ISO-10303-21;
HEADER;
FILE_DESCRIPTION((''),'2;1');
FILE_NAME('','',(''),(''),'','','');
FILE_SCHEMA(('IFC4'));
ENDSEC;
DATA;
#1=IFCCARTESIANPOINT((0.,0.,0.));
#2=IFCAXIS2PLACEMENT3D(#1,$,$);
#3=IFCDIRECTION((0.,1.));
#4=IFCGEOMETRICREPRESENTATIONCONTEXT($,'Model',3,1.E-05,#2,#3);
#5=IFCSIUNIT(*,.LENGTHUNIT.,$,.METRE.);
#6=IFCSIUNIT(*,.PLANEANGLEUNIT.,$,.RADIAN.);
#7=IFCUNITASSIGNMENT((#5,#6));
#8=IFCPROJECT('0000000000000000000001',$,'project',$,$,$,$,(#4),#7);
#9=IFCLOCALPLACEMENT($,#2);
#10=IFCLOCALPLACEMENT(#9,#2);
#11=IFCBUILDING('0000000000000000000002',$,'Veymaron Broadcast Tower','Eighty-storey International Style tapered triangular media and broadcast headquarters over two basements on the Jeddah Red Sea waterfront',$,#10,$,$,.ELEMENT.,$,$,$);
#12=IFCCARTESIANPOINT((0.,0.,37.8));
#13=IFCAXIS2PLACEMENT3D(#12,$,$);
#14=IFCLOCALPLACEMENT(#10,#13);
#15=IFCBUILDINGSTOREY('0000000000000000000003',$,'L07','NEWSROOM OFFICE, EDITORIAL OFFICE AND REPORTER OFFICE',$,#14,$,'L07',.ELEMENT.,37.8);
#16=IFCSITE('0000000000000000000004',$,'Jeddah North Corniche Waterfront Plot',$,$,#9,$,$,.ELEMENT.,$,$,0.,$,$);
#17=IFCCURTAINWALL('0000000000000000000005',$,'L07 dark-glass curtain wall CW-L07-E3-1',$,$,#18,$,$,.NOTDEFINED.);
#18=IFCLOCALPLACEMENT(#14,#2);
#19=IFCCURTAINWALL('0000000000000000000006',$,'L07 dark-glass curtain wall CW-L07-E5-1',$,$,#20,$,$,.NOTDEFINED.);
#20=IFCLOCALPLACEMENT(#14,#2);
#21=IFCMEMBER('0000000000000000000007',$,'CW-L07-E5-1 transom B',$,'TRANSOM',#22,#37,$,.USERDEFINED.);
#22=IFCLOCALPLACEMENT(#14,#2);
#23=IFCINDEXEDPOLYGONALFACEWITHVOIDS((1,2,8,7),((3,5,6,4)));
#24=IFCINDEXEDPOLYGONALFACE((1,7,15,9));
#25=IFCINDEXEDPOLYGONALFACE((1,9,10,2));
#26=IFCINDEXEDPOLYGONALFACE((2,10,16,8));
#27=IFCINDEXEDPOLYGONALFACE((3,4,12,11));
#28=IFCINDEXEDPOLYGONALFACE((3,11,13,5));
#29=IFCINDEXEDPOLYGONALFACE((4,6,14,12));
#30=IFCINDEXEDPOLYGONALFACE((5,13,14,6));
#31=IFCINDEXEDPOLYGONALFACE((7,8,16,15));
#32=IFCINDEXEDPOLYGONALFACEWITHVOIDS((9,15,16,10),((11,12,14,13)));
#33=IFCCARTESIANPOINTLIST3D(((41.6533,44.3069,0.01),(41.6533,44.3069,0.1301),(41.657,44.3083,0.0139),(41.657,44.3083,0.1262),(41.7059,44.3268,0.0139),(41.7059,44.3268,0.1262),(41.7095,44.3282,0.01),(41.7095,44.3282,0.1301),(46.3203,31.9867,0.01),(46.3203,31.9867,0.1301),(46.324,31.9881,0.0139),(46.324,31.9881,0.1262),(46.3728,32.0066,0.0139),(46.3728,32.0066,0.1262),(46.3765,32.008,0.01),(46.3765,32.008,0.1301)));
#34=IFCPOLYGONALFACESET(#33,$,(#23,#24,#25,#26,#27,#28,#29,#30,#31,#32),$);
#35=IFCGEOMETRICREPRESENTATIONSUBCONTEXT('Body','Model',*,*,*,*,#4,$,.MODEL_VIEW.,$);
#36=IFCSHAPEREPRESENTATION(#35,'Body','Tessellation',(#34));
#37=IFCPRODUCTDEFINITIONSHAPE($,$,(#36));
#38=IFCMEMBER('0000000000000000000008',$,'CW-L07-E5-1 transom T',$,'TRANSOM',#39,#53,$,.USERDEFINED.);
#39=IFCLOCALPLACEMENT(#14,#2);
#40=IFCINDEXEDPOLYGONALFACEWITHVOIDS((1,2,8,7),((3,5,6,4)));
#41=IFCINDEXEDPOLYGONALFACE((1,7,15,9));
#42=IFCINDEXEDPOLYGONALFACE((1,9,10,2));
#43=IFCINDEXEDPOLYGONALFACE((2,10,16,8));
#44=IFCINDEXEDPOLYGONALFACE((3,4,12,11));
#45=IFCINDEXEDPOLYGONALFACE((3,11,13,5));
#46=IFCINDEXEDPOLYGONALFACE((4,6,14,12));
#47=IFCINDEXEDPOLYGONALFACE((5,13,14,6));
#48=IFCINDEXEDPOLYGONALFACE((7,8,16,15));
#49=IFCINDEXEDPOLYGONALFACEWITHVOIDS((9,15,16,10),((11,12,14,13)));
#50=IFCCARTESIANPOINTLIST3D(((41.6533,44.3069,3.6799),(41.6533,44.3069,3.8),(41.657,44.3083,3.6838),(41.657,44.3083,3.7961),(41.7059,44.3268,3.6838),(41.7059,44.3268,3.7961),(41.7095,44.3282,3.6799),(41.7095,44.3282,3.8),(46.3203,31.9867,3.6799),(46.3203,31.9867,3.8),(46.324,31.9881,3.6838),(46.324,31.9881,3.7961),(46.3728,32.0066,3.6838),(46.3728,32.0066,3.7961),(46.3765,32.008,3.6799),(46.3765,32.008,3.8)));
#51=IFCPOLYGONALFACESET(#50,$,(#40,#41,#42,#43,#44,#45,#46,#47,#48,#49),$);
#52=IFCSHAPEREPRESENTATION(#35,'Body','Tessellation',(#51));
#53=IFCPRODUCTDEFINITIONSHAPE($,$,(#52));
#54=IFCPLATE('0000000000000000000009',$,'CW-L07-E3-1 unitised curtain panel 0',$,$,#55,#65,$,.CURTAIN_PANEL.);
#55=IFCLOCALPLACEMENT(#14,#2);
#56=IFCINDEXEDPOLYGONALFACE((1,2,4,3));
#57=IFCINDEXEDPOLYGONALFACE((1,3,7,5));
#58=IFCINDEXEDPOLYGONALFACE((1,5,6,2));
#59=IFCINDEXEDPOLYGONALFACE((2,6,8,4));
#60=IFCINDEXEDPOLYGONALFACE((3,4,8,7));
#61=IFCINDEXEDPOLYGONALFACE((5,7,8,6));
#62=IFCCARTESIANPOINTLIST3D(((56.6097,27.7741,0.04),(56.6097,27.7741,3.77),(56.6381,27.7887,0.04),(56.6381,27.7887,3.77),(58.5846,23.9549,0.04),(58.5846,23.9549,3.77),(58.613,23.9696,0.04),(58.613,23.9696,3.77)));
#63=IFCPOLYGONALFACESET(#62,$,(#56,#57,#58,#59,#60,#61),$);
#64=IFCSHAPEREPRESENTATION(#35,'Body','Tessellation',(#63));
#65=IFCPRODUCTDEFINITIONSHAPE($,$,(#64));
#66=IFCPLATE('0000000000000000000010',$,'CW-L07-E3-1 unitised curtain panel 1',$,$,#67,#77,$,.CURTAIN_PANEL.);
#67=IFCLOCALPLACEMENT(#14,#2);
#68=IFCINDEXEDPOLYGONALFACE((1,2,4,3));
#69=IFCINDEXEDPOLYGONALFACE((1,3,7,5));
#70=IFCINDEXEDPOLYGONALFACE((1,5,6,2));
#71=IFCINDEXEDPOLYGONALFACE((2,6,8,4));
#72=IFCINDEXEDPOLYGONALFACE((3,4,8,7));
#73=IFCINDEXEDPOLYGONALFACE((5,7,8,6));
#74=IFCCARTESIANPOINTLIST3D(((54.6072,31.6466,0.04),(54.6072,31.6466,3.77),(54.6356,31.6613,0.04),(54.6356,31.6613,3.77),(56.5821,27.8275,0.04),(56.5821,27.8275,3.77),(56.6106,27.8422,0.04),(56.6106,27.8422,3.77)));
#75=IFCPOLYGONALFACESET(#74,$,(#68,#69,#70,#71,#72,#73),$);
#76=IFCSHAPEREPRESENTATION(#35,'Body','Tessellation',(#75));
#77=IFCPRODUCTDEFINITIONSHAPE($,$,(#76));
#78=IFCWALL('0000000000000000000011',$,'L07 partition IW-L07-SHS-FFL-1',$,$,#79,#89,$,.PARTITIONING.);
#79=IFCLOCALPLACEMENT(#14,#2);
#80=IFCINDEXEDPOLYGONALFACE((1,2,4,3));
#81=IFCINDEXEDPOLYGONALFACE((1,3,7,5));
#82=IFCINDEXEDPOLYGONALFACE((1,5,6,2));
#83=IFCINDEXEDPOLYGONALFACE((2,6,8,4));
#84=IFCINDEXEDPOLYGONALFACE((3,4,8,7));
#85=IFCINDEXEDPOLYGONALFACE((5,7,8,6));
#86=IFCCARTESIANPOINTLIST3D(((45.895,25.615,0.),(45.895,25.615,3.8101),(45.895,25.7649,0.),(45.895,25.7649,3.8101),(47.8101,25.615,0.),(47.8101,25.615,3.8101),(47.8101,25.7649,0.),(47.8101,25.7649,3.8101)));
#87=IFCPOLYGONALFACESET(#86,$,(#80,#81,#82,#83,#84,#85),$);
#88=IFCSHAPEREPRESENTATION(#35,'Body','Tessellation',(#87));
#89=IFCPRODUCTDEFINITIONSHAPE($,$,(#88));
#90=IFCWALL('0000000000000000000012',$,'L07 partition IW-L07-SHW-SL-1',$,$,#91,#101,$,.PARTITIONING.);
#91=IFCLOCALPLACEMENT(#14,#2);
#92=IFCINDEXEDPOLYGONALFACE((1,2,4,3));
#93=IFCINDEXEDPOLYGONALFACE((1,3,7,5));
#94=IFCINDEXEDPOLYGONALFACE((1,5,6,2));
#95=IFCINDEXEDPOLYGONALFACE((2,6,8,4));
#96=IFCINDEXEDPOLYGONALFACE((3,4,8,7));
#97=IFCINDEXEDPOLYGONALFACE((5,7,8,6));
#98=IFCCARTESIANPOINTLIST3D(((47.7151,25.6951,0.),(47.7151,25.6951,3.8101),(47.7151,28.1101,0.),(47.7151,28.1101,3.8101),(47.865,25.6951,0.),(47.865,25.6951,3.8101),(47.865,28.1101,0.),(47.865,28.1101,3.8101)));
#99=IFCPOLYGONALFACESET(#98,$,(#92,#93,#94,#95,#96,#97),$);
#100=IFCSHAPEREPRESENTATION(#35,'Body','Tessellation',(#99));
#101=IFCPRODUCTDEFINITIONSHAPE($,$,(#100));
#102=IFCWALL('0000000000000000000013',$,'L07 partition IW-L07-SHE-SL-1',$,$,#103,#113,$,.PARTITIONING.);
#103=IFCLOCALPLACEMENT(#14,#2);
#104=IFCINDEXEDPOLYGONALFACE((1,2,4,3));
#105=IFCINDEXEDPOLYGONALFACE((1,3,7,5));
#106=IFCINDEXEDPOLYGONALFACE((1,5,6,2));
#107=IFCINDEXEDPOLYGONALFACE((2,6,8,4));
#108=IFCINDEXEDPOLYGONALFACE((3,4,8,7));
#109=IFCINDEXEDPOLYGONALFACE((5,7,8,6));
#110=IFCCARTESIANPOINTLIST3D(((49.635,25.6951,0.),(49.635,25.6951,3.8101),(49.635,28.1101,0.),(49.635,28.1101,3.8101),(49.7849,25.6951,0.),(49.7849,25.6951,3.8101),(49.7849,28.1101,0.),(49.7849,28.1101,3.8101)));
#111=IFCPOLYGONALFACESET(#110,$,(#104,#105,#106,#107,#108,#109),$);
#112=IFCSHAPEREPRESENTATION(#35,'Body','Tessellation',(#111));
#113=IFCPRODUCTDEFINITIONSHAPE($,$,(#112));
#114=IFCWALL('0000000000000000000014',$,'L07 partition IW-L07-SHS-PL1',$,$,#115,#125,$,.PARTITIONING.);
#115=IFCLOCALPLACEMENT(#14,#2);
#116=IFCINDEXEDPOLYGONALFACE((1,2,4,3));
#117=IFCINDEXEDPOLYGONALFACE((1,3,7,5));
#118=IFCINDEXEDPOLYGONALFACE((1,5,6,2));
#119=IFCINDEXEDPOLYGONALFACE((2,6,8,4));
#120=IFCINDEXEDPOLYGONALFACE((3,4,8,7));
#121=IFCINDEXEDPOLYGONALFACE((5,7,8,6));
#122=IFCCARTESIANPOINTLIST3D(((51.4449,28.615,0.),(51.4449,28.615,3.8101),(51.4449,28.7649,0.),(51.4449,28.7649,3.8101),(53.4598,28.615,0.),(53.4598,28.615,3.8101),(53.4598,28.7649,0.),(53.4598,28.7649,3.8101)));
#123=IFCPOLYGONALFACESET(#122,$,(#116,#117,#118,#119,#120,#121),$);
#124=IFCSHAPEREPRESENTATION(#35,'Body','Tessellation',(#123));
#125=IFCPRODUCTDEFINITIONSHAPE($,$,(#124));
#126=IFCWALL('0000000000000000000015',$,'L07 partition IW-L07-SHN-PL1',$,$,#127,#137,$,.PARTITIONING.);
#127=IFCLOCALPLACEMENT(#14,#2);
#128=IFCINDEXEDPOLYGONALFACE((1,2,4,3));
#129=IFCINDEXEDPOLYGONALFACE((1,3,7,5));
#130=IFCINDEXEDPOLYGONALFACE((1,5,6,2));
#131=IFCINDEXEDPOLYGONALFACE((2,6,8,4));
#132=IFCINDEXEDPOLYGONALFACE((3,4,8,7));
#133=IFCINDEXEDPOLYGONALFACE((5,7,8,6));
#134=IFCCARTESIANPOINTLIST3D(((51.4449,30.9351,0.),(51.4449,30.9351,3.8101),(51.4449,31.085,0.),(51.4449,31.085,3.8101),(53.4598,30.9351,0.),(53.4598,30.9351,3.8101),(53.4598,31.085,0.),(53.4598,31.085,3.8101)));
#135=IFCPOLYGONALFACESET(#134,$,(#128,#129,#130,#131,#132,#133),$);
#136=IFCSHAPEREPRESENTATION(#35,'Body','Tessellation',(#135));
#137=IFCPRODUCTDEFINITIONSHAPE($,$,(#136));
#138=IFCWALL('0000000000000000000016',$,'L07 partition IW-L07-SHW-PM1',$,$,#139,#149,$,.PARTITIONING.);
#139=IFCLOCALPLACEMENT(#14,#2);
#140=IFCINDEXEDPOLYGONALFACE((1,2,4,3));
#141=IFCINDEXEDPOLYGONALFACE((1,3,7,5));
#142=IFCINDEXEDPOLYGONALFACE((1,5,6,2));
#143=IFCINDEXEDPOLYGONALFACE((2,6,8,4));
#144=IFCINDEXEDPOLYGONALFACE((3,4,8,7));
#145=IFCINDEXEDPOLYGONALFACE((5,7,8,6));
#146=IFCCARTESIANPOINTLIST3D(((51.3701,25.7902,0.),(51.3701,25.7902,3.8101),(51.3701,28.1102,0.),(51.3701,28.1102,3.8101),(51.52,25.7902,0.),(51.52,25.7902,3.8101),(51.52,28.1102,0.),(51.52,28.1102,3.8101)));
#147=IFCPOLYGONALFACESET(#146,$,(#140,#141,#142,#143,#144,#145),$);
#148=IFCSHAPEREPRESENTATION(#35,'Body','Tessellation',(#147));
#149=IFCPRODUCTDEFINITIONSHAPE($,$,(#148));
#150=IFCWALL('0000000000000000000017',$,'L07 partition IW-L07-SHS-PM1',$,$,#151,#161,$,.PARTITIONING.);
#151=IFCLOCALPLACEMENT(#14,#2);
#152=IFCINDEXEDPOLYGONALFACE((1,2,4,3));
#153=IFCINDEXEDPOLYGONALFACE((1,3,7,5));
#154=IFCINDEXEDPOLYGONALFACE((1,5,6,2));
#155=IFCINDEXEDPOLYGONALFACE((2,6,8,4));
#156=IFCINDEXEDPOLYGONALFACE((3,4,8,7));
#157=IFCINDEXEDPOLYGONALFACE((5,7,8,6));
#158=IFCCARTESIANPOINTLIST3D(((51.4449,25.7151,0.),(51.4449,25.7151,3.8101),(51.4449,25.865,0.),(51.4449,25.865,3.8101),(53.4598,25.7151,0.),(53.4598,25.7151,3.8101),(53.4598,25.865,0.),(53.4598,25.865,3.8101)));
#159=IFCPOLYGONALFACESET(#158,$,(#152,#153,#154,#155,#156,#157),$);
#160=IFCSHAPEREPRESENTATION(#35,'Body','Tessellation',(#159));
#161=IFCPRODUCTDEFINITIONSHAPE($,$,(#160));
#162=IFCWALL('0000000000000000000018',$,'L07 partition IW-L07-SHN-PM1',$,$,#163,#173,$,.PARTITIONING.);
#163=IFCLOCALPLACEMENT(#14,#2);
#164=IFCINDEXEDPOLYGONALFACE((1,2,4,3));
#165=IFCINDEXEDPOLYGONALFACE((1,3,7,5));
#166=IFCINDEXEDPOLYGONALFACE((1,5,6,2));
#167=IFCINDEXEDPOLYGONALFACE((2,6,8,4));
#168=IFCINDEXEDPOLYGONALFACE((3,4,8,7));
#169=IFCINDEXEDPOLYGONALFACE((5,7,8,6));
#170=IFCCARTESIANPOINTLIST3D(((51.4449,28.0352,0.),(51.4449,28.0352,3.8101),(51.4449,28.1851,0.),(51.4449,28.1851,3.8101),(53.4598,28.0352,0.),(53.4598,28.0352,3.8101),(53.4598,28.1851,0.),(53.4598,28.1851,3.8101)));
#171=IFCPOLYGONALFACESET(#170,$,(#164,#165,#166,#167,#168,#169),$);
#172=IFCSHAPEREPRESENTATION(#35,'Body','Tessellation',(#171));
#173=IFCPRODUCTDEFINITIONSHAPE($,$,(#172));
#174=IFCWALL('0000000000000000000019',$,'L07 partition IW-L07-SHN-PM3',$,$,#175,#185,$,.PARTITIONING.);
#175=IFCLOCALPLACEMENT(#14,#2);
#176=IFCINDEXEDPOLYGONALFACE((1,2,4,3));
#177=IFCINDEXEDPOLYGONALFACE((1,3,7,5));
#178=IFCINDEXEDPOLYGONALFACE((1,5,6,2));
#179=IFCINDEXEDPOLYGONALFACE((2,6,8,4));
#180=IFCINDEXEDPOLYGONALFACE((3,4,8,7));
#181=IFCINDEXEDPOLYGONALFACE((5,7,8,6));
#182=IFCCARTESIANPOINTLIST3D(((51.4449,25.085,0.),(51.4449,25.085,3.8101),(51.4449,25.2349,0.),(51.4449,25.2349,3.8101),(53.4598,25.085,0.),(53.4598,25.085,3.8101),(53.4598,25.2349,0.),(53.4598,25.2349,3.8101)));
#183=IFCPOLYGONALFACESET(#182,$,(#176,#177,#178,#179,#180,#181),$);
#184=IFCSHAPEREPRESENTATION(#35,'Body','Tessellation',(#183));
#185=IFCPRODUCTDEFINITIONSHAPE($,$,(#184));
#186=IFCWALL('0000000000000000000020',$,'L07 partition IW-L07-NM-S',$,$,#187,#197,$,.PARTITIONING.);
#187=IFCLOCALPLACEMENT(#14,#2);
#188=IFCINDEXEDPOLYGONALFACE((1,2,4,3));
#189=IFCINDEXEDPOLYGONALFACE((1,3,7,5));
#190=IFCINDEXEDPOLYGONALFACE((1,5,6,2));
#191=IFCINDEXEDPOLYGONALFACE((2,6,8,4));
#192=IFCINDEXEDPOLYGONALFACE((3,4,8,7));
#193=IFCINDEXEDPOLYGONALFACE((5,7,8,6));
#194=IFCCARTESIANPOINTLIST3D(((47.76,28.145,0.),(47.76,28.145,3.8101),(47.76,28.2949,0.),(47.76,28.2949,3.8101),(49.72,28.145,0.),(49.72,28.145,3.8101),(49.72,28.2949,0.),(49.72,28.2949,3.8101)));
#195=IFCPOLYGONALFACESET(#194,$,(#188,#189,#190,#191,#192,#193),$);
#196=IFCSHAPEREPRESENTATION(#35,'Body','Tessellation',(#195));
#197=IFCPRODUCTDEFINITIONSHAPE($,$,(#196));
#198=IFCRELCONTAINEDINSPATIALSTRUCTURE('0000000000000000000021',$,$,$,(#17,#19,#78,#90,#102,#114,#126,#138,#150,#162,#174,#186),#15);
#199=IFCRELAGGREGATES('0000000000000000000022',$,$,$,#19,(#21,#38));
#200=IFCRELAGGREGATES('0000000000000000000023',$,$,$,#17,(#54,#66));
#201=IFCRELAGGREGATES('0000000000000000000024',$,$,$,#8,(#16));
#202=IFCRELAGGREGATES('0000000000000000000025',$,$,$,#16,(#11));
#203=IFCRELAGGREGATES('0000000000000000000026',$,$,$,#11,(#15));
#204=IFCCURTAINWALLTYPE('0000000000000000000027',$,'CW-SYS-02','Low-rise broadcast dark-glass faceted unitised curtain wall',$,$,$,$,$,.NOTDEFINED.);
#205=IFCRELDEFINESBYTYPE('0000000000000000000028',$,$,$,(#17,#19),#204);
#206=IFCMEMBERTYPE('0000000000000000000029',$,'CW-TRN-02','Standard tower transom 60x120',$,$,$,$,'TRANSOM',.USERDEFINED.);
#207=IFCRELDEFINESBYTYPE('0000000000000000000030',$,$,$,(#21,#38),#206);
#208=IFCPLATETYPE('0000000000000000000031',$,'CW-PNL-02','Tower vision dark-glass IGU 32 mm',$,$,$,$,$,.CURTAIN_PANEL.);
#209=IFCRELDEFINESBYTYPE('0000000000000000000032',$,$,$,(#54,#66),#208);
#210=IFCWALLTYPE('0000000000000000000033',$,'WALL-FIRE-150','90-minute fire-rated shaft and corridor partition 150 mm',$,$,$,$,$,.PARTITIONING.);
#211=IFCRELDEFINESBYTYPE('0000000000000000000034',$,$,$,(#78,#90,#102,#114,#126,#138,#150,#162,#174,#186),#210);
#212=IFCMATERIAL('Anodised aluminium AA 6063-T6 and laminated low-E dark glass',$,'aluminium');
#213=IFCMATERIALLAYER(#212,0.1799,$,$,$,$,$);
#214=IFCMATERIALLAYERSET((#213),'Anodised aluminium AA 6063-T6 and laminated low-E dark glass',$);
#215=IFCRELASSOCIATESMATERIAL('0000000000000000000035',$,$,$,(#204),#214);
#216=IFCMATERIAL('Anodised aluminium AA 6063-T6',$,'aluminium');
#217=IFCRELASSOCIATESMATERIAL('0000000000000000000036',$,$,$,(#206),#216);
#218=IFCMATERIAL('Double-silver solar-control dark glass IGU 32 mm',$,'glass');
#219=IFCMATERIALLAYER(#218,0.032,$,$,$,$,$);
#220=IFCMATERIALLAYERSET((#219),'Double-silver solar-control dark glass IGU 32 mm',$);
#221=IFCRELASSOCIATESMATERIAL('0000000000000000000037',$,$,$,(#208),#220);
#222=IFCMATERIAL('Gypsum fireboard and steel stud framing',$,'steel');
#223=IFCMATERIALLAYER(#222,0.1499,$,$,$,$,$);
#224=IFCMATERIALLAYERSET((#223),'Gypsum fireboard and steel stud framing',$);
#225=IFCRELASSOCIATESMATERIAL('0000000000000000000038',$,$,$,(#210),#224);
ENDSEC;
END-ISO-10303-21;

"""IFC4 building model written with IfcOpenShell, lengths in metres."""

from ifc_helpers import new_model, si_unit, direction, frame, frame_2d, origin, origin_2d, place, context, subcontext, project, spatial, rectangle, hollow_rectangle, extrude, material, layer, layer_set, material_profile, profile_set, type_object, element, aggregate, save


model = new_model("IFC4")

# Units and contexts
model_context = context("Model", 3, precision=1e-05, world=origin(), true_north=direction((0.0, 1.0)))
body_context = subcontext(model_context, "Body", "Model", "MODEL_VIEW")
ifc_project = project(units=[si_unit("LENGTHUNIT", "METRE"), si_unit("PLANEANGLEUNIT", "RADIAN")], contexts=[model_context])

# Site, building, storey
site_placement = place(None, origin())
site = spatial("IfcSite", under=ifc_project, at=site_placement, Name="Jeddah North Corniche Waterfront Plot", CompositionType="ELEMENT", RefElevation=0.0)
building_placement = place(site_placement, origin())
building = spatial("IfcBuilding", under=site, at=building_placement, Name="Veymaron Broadcast Tower", Description="Eighty-storey International Style tapered triangular media and broadcast headquarters over two basements on the Jeddah Red Sea waterfront", CompositionType="ELEMENT")
storey_placement = place(building_placement, frame((0.0, 0.0, 37.8)))
storey = spatial("IfcBuildingStorey", under=building, at=storey_placement, Name="L07", Description="NEWSROOM OFFICE, EDITORIAL OFFICE AND REPORTER OFFICE", LongName="L07", CompositionType="ELEMENT", Elevation=37.8)

# Shared definitions
ifc_material_1 = material(Name="Anodised aluminium AA 6063-T6 and laminated low-E dark glass", Category="aluminium")
ifc_layer_1 = layer(ifc_material_1, 0.1799)
ifc_layer_set_1 = layer_set([ifc_layer_1], Name="Anodised aluminium AA 6063-T6 and laminated low-E dark glass")
curtain_wall_type = type_object("IfcCurtainWallType", Name="CW-SYS-02", Description="Low-rise broadcast dark-glass faceted unitised curtain wall", PredefinedType="NOTDEFINED", material=ifc_layer_set_1)
ifc_material_2 = material(Name="Anodised aluminium AA 6063-T6", Category="aluminium")

# Curtain wall
curtain_wall_1_placement = place(storey_placement, origin())
curtain_wall_1 = element("IfcCurtainWall", 1, at=curtain_wall_1_placement, inside=storey, type_object=curtain_wall_type, Name="L07 dark-glass curtain wall CW-L07-E3-1", PredefinedType="NOTDEFINED")

# Curtain wall
curtain_wall_2_placement = place(storey_placement, origin())
curtain_wall_2 = element("IfcCurtainWall", 2, at=curtain_wall_2_placement, inside=storey, type_object=curtain_wall_type, Name="L07 dark-glass curtain wall CW-L07-E5-1", PredefinedType="NOTDEFINED")

# Members
ifc_material_profile_1 = material_profile(ifc_material_2, hollow_rectangle(XDim=0.0601, YDim=0.1201, WallThickness=0.0039, at=origin_2d()), Name="AL120X60X4")
ifc_profile_set_1 = profile_set([ifc_material_profile_1], Name="Anodised aluminium AA 6063-T6")
member_type_1 = type_object("IfcMemberType", Name="CW-TRN-02", Description="Standard tower transom 60x120", ElementType="TRANSOM", PredefinedType="USERDEFINED", material=ifc_profile_set_1)
member_1_placement = place(storey_placement, frame((46.3484, 31.9973, 0.0701), z_axis=(-0.354241, 0.935154, 0.0), x_axis=(-0.935154, -0.354241, 0.0)))
member_1 = element("IfcMember", 3, at=member_1_placement, type_object=member_type_1, Name="CW-L07-E5-1 transom B", ObjectType="TRANSOM", PredefinedType="USERDEFINED", context=body_context, shape_type="SweptSolid", body=[
    extrude(hollow_rectangle(XDim=0.0601, YDim=0.1201, WallThickness=0.0039, at=origin_2d()), origin(), (0.0, 0.0, 1.0), 13.1746),
])
member_2_placement = place(storey_placement, frame((46.3484, 31.9973, 3.74), z_axis=(-0.354241, 0.935154, 0.0), x_axis=(-0.935154, -0.354241, 0.0)))
member_2 = element("IfcMember", 4, at=member_2_placement, type_object=member_type_1, Name="CW-L07-E5-1 transom T", ObjectType="TRANSOM", PredefinedType="USERDEFINED", context=body_context, shape_type="SweptSolid", body=[
    extrude(hollow_rectangle(XDim=0.0601, YDim=0.1201, WallThickness=0.0039, at=origin_2d()), origin(), (0.0, 0.0, 1.0), 13.1746),
])
aggregate(curtain_wall_2, [member_1, member_2])

# Plates
ifc_material_3 = material(Name="Double-silver solar-control dark glass IGU 32 mm", Category="glass")
ifc_layer_2 = layer(ifc_material_3, 0.032)
ifc_layer_set_2 = layer_set([ifc_layer_2], Name="Double-silver solar-control dark glass IGU 32 mm")
plate_type = type_object("IfcPlateType", Name="CW-PNL-02", Description="Tower vision dark-glass IGU 32 mm", PredefinedType="CURTAIN_PANEL", material=ifc_layer_set_2)
plate_1_placement = place(storey_placement, frame((57.6113, 25.8718, 0.04), z_axis=(0.0, 0.0, 1.0), x_axis=(-0.459332, 0.888265, 0.0)))
plate_1 = element("IfcPlate", 5, at=plate_1_placement, type_object=plate_type, Name="CW-L07-E3-1 unitised curtain panel 0", PredefinedType="CURTAIN_PANEL", context=body_context, shape_type="SweptSolid", body=[
    extrude(rectangle(XDim=4.2996, YDim=0.032, at=origin_2d()), origin(), (0.0, 0.0, 1.0), 3.73),
])
plate_2_placement = place(storey_placement, frame((55.6089, 29.7444, 0.04), z_axis=(0.0, 0.0, 1.0), x_axis=(-0.459332, 0.888265, 0.0)))
plate_2 = element("IfcPlate", 6, at=plate_2_placement, type_object=plate_type, Name="CW-L07-E3-1 unitised curtain panel 1", PredefinedType="CURTAIN_PANEL", context=body_context, shape_type="SweptSolid", body=[
    extrude(rectangle(XDim=4.2996, YDim=0.032, at=origin_2d()), origin(), (0.0, 0.0, 1.0), 3.73),
])
aggregate(curtain_wall_1, [plate_1, plate_2])

# Shared definitions
ifc_material_4 = material(Name="Gypsum fireboard and steel stud framing", Category="steel")
ifc_layer_3 = layer(ifc_material_4, 0.1499)
ifc_layer_set_3 = layer_set([ifc_layer_3], Name="Gypsum fireboard and steel stud framing")
wall_type_1 = type_object("IfcWallType", Name="WALL-FIRE-150", Description="90-minute fire-rated shaft and corridor partition 150 mm", PredefinedType="PARTITIONING", material=ifc_layer_set_3)

# Wall
wall_1_placement = place(storey_placement, frame((45.895, 25.6899, 0.0), z_axis=(0.0, 0.0, 1.0), x_axis=(1.0, 0.0, 0.0)))
element("IfcWall", 7, at=wall_1_placement, inside=storey, type_object=wall_type_1, Name="L07 partition IW-L07-SHS-FFL-1", PredefinedType="PARTITIONING", context=body_context, shape_type="SweptSolid", body=[
    extrude(rectangle(XDim=1.915, YDim=0.1499, at=frame_2d((0.9575, 0.0))), origin(), (0.0, 0.0, 1.0), 3.8101),
])

# Walls
for number, where, z_axis, x_axis, name in (
    (8, (47.79, 25.6951, 0.0), (0.0, 0.0, 1.0), (0.0, 1.0, 0.0), "L07 partition IW-L07-SHW-SL-1"),
    (9, (49.71, 25.6951, 0.0), (0.0, 0.0, 1.0), (0.0, 1.0, 0.0), "L07 partition IW-L07-SHE-SL-1"),
):
    element("IfcWall", number, at=place(storey_placement, frame(where, z_axis=z_axis, x_axis=x_axis)), inside=storey, type_object=wall_type_1, Name=name, PredefinedType="PARTITIONING", context=body_context, shape_type="SweptSolid", body=[
        extrude(rectangle(XDim=2.415, YDim=0.1499, at=frame_2d((1.2075, 0.0))), origin(), (0.0, 0.0, 1.0), 3.8101),
    ])

# Walls
for number, where, z_axis, x_axis, name in (
    (10, (51.4451, 28.6899, 0.0), (0.0, 0.0, 1.0), (1.0, 0.0, 0.0), "L07 partition IW-L07-SHS-PL1"),
    (11, (51.4451, 31.01, 0.0), (0.0, 0.0, 1.0), (1.0, 0.0, 0.0), "L07 partition IW-L07-SHN-PL1"),
):
    element("IfcWall", number, at=place(storey_placement, frame(where, z_axis=z_axis, x_axis=x_axis)), inside=storey, type_object=wall_type_1, Name=name, PredefinedType="PARTITIONING", context=body_context, shape_type="SweptSolid", body=[
        extrude(rectangle(XDim=2.0149, YDim=0.1499, at=frame_2d((1.0073, 0.0))), origin(), (0.0, 0.0, 1.0), 3.8101),
    ])
wall_2_placement = place(storey_placement, frame((51.4451, 25.79, 0.0), z_axis=(0.0, 0.0, 1.0), x_axis=(0.0, 1.0, 0.0)))
element("IfcWall", 12, at=wall_2_placement, inside=storey, type_object=wall_type_1, Name="L07 partition IW-L07-SHW-PM1", PredefinedType="PARTITIONING", context=body_context, shape_type="SweptSolid", body=[
    extrude(rectangle(XDim=2.3201, YDim=0.1499, at=frame_2d((1.1602, 0.0))), origin(), (0.0, 0.0, 1.0), 3.8101),
])
for number, where, z_axis, x_axis, name in (
    (13, (51.4451, 25.79, 0.0), (0.0, 0.0, 1.0), (1.0, 0.0, 0.0), "L07 partition IW-L07-SHS-PM1"),
    (14, (51.4451, 28.1101, 0.0), (0.0, 0.0, 1.0), (1.0, 0.0, 0.0), "L07 partition IW-L07-SHN-PM1"),
    (15, (51.4451, 25.1599, 0.0), (0.0, 0.0, 1.0), (1.0, 0.0, 0.0), "L07 partition IW-L07-SHN-PM3"),
):
    element("IfcWall", number, at=place(storey_placement, frame(where, z_axis=z_axis, x_axis=x_axis)), inside=storey, type_object=wall_type_1, Name=name, PredefinedType="PARTITIONING", context=body_context, shape_type="SweptSolid", body=[
        extrude(rectangle(XDim=2.0149, YDim=0.1499, at=frame_2d((1.0073, 0.0))), origin(), (0.0, 0.0, 1.0), 3.8101),
    ])
wall_3_placement = place(storey_placement, frame((47.76, 28.22, 0.0), z_axis=(0.0, 0.0, 1.0), x_axis=(1.0, 0.0, 0.0)))
element("IfcWall", 16, at=wall_3_placement, inside=storey, type_object=wall_type_1, Name="L07 partition IW-L07-NM-S", PredefinedType="PARTITIONING", context=body_context, shape_type="SweptSolid", body=[
    extrude(rectangle(XDim=1.96, YDim=0.1499, at=frame_2d((0.98, 0.0))), origin(), (0.0, 0.0, 1.0), 3.8101),
])

save(model, "model.ifc")
